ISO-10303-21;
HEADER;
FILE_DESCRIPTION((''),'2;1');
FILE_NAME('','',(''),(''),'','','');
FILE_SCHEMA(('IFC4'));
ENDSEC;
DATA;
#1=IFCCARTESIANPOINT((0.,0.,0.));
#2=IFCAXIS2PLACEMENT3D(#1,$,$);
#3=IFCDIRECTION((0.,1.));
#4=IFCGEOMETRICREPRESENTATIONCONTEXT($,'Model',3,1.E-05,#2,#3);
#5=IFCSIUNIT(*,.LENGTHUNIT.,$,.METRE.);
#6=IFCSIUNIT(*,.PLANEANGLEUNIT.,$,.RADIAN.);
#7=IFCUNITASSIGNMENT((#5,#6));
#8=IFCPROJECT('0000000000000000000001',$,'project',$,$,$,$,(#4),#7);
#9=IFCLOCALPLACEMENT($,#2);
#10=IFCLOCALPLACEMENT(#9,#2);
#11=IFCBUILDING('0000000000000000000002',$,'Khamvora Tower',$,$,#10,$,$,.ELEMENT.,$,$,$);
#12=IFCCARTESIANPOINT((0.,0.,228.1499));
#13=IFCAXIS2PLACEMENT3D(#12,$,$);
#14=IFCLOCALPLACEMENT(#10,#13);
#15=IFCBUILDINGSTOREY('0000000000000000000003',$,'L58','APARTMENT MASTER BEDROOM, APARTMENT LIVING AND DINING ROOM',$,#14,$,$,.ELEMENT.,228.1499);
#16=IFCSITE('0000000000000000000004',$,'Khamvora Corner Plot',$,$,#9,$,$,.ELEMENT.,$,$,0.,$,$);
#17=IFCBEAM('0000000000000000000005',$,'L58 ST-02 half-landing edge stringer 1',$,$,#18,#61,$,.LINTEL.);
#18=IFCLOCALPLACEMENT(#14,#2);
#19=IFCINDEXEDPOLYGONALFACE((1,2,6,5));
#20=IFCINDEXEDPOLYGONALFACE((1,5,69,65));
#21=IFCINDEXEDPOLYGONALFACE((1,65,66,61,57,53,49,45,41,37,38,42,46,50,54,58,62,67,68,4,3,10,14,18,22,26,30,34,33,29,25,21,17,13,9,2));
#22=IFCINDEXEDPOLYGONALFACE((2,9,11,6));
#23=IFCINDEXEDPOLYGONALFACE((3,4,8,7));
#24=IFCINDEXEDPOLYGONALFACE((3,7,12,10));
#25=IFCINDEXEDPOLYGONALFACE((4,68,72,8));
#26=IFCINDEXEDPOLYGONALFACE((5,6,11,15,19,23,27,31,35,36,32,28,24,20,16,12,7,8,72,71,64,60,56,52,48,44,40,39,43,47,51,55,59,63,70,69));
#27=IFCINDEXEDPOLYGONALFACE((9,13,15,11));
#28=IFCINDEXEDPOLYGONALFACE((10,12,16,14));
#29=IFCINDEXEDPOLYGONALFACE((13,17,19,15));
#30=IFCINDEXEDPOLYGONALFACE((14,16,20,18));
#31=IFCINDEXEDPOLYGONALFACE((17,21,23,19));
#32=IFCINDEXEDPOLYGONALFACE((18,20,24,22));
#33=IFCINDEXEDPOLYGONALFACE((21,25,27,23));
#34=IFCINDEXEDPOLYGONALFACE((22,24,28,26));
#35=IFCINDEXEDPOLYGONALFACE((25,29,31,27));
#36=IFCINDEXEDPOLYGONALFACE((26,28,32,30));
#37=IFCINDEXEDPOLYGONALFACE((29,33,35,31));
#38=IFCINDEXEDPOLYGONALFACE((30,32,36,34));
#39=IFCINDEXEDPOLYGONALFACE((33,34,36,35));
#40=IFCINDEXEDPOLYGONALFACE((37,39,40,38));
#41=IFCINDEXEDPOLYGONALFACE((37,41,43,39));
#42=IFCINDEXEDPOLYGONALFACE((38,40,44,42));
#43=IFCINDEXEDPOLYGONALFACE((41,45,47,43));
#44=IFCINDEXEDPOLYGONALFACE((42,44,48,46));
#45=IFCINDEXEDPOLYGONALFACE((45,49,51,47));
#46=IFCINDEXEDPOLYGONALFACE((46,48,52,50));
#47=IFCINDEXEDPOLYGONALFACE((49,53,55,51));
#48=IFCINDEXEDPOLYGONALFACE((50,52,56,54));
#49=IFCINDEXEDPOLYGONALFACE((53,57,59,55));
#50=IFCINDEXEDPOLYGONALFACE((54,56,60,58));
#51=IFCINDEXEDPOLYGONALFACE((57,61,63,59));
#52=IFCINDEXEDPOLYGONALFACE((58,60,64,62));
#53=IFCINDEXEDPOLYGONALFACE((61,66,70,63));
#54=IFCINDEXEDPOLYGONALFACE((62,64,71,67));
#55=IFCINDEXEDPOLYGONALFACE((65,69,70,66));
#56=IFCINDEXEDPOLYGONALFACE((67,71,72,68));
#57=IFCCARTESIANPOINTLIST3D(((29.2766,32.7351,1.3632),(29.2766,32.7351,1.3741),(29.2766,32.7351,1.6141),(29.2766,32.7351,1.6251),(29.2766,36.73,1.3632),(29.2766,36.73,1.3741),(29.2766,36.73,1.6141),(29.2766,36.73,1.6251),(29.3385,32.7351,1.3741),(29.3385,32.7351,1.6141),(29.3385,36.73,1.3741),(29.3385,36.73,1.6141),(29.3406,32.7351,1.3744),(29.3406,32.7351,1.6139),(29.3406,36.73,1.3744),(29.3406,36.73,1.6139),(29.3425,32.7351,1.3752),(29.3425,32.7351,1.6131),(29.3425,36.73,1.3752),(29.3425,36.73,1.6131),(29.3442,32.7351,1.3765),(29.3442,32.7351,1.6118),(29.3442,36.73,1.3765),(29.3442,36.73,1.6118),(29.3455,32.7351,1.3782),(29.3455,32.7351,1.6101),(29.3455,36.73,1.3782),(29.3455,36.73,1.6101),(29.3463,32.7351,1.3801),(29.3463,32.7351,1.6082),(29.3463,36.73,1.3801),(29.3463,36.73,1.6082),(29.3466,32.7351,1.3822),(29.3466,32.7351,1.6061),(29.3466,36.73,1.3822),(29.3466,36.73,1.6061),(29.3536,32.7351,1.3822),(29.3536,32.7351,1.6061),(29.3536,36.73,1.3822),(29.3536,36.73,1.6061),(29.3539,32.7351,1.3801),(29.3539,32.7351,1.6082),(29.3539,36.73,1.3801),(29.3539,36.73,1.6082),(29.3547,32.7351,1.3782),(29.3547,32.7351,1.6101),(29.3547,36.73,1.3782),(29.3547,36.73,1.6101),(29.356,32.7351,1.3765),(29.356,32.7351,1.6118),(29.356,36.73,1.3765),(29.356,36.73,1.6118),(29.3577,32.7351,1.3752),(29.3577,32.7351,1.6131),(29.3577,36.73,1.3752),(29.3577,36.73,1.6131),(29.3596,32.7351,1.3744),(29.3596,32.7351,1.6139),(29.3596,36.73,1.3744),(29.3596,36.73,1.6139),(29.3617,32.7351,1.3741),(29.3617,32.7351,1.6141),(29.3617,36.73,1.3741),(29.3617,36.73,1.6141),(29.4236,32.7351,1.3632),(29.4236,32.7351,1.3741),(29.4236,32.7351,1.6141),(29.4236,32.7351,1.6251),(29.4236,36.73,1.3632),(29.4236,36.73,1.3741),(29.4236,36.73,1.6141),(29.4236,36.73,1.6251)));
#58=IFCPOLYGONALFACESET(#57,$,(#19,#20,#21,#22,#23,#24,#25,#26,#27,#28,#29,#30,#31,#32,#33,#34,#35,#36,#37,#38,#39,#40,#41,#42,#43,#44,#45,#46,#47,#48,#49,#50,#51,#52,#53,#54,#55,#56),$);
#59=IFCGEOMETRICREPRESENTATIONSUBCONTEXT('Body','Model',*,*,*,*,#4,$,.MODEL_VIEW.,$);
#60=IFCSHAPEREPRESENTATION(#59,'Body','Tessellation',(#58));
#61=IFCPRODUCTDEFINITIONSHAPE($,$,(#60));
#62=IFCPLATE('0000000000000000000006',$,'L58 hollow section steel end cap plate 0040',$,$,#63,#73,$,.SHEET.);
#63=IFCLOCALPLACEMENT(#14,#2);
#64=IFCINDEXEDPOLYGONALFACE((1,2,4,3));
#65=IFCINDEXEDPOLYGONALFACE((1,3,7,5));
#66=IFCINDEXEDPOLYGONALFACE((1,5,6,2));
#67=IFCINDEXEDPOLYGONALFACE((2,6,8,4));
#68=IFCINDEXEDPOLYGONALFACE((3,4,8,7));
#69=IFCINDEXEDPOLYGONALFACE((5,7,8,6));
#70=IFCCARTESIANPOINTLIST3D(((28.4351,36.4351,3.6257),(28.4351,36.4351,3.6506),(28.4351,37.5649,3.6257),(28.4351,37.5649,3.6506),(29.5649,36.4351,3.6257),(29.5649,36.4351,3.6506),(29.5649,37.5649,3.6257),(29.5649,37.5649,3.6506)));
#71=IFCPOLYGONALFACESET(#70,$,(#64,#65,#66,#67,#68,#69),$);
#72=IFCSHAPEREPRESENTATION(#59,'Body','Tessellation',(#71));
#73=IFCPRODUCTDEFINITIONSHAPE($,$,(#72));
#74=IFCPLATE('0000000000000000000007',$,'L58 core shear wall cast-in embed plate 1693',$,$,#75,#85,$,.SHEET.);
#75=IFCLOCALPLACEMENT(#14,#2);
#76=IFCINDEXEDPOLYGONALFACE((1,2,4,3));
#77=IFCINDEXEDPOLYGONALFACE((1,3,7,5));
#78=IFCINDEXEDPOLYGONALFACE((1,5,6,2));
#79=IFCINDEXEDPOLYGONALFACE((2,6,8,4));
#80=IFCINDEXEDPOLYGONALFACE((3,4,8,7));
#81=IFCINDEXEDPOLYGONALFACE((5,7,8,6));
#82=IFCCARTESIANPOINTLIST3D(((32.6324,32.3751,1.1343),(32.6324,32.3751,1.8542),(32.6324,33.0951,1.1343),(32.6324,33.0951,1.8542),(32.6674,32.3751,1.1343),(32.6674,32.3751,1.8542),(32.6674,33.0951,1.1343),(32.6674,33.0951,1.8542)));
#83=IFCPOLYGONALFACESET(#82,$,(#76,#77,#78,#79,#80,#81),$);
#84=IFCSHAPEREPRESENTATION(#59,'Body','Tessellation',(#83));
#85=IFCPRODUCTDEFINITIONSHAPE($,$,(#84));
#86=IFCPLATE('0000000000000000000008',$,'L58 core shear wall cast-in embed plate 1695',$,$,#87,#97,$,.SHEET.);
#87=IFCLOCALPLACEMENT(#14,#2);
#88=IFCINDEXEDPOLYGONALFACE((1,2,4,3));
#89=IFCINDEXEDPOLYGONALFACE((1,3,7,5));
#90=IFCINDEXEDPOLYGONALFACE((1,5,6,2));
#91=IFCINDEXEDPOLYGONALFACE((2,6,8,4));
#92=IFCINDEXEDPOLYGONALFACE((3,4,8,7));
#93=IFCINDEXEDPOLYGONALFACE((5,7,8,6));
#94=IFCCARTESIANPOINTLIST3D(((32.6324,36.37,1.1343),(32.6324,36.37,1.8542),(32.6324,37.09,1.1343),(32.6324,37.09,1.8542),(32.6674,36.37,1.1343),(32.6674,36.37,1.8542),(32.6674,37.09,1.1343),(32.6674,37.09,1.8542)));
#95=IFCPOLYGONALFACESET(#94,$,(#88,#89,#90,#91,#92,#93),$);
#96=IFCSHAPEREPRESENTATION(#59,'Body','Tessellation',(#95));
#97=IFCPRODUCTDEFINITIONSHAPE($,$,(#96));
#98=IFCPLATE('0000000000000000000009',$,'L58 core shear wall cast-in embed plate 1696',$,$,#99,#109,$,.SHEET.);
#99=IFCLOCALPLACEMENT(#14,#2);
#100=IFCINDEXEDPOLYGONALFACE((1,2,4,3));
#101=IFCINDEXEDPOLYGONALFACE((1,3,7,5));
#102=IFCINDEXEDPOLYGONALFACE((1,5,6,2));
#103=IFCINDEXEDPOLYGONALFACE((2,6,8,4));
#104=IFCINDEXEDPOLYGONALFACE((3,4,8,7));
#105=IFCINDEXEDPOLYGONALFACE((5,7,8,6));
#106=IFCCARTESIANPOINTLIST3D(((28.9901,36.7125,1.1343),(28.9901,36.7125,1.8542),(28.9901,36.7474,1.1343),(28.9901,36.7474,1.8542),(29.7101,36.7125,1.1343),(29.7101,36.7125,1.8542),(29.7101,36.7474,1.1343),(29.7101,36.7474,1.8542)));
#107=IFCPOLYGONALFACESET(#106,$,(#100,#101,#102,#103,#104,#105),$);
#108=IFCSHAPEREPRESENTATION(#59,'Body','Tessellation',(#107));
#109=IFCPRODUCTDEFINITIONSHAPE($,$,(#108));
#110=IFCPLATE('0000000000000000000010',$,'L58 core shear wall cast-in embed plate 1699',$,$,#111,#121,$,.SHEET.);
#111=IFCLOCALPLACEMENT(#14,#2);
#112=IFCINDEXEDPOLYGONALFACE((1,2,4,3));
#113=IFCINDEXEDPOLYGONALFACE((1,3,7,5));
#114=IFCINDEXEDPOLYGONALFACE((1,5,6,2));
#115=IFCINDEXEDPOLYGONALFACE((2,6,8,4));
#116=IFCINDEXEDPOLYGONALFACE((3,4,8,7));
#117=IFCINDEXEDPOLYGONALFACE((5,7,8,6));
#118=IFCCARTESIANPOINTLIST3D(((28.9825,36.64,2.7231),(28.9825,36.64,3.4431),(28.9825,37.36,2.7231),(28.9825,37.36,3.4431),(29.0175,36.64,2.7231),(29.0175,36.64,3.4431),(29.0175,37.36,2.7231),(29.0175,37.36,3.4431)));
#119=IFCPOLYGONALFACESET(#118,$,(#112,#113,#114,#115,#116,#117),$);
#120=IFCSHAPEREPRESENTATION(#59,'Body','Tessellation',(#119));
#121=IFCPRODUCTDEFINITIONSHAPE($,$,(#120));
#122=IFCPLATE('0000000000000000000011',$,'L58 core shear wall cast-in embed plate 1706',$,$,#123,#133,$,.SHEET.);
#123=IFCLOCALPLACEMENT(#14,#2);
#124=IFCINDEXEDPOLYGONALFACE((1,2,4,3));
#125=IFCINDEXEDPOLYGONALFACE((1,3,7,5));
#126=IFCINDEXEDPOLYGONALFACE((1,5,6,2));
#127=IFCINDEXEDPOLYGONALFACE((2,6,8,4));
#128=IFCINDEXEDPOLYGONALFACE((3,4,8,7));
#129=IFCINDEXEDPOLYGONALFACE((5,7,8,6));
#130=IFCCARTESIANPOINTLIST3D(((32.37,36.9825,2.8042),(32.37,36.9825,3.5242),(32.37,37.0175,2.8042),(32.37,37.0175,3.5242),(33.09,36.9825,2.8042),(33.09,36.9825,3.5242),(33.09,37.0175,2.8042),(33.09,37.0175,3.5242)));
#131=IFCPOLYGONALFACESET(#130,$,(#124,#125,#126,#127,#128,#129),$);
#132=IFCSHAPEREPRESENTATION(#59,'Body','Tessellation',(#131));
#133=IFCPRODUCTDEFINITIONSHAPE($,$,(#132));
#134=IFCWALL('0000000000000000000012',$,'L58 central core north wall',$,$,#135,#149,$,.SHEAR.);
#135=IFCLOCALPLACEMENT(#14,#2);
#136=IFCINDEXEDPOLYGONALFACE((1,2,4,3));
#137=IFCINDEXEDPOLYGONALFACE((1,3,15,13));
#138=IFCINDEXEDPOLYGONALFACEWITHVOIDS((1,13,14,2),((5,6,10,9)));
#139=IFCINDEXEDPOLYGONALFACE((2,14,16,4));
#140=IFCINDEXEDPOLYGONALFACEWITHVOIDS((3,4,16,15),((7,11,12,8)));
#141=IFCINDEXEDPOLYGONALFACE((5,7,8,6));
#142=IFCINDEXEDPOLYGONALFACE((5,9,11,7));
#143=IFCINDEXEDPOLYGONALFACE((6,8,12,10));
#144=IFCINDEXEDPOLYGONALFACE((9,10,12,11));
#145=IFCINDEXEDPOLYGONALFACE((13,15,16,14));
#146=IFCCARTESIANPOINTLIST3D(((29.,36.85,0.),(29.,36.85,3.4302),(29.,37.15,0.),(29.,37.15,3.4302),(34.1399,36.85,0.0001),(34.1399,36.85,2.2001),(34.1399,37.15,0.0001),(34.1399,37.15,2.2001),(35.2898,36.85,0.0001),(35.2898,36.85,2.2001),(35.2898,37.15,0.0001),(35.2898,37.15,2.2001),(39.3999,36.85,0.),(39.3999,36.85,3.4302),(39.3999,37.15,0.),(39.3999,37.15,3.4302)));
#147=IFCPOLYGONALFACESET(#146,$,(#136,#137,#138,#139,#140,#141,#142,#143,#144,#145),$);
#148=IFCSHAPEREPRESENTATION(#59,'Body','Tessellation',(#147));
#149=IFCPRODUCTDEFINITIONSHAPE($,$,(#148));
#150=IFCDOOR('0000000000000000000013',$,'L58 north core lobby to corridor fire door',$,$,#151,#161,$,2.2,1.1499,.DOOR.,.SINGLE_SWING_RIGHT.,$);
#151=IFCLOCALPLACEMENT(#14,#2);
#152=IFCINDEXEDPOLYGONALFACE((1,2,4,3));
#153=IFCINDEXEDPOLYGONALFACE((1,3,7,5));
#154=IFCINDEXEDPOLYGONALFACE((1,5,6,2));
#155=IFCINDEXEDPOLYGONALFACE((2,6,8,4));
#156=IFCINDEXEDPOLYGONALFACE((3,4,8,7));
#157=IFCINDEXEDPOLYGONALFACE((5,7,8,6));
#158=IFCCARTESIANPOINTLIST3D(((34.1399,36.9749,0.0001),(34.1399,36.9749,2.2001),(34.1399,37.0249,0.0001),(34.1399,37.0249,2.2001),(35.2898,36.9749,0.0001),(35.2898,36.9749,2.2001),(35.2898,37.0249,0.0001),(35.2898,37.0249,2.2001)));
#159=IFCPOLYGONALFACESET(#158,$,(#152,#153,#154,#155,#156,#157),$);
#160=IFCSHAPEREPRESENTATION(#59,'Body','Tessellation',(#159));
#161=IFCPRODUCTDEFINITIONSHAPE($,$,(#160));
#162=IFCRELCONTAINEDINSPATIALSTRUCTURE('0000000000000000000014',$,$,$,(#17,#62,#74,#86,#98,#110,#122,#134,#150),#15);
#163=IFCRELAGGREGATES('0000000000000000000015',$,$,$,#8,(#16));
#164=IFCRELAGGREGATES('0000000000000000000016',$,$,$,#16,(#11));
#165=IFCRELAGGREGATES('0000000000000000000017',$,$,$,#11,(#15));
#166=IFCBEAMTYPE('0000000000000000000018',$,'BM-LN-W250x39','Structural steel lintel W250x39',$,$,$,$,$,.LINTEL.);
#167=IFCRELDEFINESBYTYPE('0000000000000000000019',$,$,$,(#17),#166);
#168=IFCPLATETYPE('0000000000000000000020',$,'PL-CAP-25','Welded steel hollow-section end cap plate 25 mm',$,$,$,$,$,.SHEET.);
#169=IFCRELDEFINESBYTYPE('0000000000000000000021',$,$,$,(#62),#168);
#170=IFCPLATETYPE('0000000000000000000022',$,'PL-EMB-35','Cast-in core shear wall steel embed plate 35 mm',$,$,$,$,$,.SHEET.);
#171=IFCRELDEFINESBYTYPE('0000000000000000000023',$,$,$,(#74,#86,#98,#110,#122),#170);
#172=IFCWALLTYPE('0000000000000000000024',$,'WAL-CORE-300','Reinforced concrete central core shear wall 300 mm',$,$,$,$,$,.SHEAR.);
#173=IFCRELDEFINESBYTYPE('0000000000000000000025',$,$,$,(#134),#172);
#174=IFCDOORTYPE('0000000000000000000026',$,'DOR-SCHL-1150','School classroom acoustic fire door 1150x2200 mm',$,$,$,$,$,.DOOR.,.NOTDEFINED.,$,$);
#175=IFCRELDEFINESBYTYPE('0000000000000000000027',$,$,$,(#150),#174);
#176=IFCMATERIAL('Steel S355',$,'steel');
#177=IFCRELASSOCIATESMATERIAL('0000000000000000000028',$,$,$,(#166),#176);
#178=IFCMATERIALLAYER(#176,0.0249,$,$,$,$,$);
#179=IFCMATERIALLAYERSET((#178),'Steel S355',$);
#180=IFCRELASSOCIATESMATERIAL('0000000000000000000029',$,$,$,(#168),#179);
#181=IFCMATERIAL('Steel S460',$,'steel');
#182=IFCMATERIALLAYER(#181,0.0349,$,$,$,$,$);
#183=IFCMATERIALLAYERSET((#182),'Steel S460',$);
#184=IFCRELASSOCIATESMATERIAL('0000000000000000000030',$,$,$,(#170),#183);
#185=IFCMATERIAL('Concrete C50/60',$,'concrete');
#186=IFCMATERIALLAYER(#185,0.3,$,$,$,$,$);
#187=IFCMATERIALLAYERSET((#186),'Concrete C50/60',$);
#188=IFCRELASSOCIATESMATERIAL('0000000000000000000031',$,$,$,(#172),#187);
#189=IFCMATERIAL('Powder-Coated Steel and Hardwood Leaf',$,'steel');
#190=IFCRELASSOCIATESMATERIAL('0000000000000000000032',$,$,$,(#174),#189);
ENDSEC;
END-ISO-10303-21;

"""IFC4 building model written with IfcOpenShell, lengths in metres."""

from ifc_helpers import new_model, si_unit, direction, frame, frame_2d, origin, origin_2d, place, context, subcontext, project, spatial, rectangle, i_section, extrude, material, layer, layer_set, material_profile, profile_set, type_object, element, fill, save


model = new_model("IFC4")

# Units and contexts
model_context = context("Model", 3, precision=1e-05, world=origin(), true_north=direction((0.0, 1.0)))
body_context = subcontext(model_context, "Body", "Model", "MODEL_VIEW")
ifc_project = project(units=[si_unit("LENGTHUNIT", "METRE"), si_unit("PLANEANGLEUNIT", "RADIAN")], contexts=[model_context])

# Site, building, storey
site_placement = place(None, origin())
site = spatial("IfcSite", under=ifc_project, at=site_placement, Name="Khamvora Corner Plot", CompositionType="ELEMENT", RefElevation=0.0)
building_placement = place(site_placement, origin())
building = spatial("IfcBuilding", under=site, at=building_placement, Name="Khamvora Tower", CompositionType="ELEMENT")
storey_placement = place(building_placement, frame((0.0, 0.0, 228.1499)))
storey = spatial("IfcBuildingStorey", under=building, at=storey_placement, Name="L58", Description="APARTMENT MASTER BEDROOM, APARTMENT LIVING AND DINING ROOM", CompositionType="ELEMENT", Elevation=228.1499)

# Beam
ifc_material_1 = material(Name="Steel S355", Category="steel")
ifc_material_profile = material_profile(ifc_material_1, i_section(OverallWidth=0.147, OverallDepth=0.262, WebThickness=0.0071, FlangeThickness=0.011, FilletRadius=0.0081, at=origin_2d()), Name="W250x39")
ifc_profile_set = profile_set([ifc_material_profile], Name="Steel S355")
beam_type = type_object("IfcBeamType", Name="BM-LN-W250x39", Description="Structural steel lintel W250x39", PredefinedType="LINTEL", material=ifc_profile_set)
beam_placement = place(storey_placement, frame((29.3501, 32.7351, 1.4941), z_axis=(0.0, 1.0, 0.0), x_axis=(-1.0, 0.0, 0.0)))
element("IfcBeam", 1, at=beam_placement, inside=storey, type_object=beam_type, Name="L58 ST-02 half-landing edge stringer 1", PredefinedType="LINTEL", context=body_context, shape_type="SweptSolid", body=[
    extrude(i_section(OverallWidth=0.147, OverallDepth=0.262, WebThickness=0.0071, FlangeThickness=0.011, FilletRadius=0.0081, at=origin_2d()), origin(), (0.0, 0.0, 1.0), 3.9949),
])

# Plates
ifc_layer_1 = layer(ifc_material_1, 0.0249)
ifc_layer_set_1 = layer_set([ifc_layer_1], Name="Steel S355")
plate_type_1 = type_object("IfcPlateType", Name="PL-CAP-25", Description="Welded steel hollow-section end cap plate 25 mm", PredefinedType="SHEET", material=ifc_layer_set_1)
plate_1_placement = place(storey_placement, frame((29.0, 37.0, 3.6257), z_axis=(0.0, 0.0, 1.0), x_axis=(1.0, 0.0, 0.0)))
element("IfcPlate", 2, at=plate_1_placement, inside=storey, type_object=plate_type_1, Name="L58 hollow section steel end cap plate 0040", PredefinedType="SHEET", context=body_context, shape_type="SweptSolid", body=[
    extrude(rectangle(XDim=1.1299, YDim=1.1299, at=origin_2d()), origin(), (0.0, 0.0, 1.0), 0.0249),
])
ifc_material_2 = material(Name="Steel S460", Category="steel")
ifc_layer_2 = layer(ifc_material_2, 0.0349)
ifc_layer_set_2 = layer_set([ifc_layer_2], Name="Steel S460")
plate_type_2 = type_object("IfcPlateType", Name="PL-EMB-35", Description="Cast-in core shear wall steel embed plate 35 mm", PredefinedType="SHEET", material=ifc_layer_set_2)
for number, where, z_axis, x_axis, name in (
    (3, (32.6499, 32.7351, 1.1343), (0.0, 0.0, 1.0), (1.0, 0.0, 0.0), "L58 core shear wall cast-in embed plate 1693"),
    (4, (32.6499, 36.73, 1.1343), (0.0, 0.0, 1.0), (1.0, 0.0, 0.0), "L58 core shear wall cast-in embed plate 1695"),
):
    element("IfcPlate", number, at=place(storey_placement, frame(where, z_axis=z_axis, x_axis=x_axis)), inside=storey, type_object=plate_type_2, Name=name, PredefinedType="SHEET", context=body_context, shape_type="SweptSolid", body=[
        extrude(rectangle(XDim=0.0349, YDim=0.72, at=origin_2d()), origin(), (0.0, 0.0, 1.0), 0.72),
    ])
plate_2_placement = place(storey_placement, frame((29.3501, 36.73, 1.1343), z_axis=(0.0, 0.0, 1.0), x_axis=(1.0, 0.0, 0.0)))
element("IfcPlate", 5, at=plate_2_placement, inside=storey, type_object=plate_type_2, Name="L58 core shear wall cast-in embed plate 1696", PredefinedType="SHEET", context=body_context, shape_type="SweptSolid", body=[
    extrude(rectangle(XDim=0.72, YDim=0.0349, at=origin_2d()), origin(), (0.0, 0.0, 1.0), 0.72),
])
plate_3_placement = place(storey_placement, frame((29.0, 37.0, 2.7231), z_axis=(0.0, 0.0, 1.0), x_axis=(1.0, 0.0, 0.0)))
element("IfcPlate", 6, at=plate_3_placement, inside=storey, type_object=plate_type_2, Name="L58 core shear wall cast-in embed plate 1699", PredefinedType="SHEET", context=body_context, shape_type="SweptSolid", body=[
    extrude(rectangle(XDim=0.0349, YDim=0.72, at=origin_2d()), origin(), (0.0, 0.0, 1.0), 0.72),
])
plate_4_placement = place(storey_placement, frame((32.73, 37.0, 2.8042), z_axis=(0.0, 0.0, 1.0), x_axis=(1.0, 0.0, 0.0)))
element("IfcPlate", 7, at=plate_4_placement, inside=storey, type_object=plate_type_2, Name="L58 core shear wall cast-in embed plate 1706", PredefinedType="SHEET", context=body_context, shape_type="SweptSolid", body=[
    extrude(rectangle(XDim=0.72, YDim=0.0349, at=origin_2d()), origin(), (0.0, 0.0, 1.0), 0.72),
])

# Wall, opening, door
ifc_material_3 = material(Name="Concrete C50/60", Category="concrete")
ifc_layer_3 = layer(ifc_material_3, 0.3)
ifc_layer_set_3 = layer_set([ifc_layer_3], Name="Concrete C50/60")
wall_type_1 = type_object("IfcWallType", Name="WAL-CORE-300", Description="Reinforced concrete central core shear wall 300 mm", PredefinedType="SHEAR", material=ifc_layer_set_3)
wall_1_placement = place(storey_placement, frame((29.0, 37.0, 0.0), z_axis=(0.0, 0.0, 1.0), x_axis=(1.0, 0.0, 0.0)))
wall_1 = element("IfcWall", 8, at=wall_1_placement, inside=storey, type_object=wall_type_1, Name="L58 central core north wall", PredefinedType="SHEAR", context=body_context, shape_type="SweptSolid", body=[
    extrude(rectangle(XDim=10.3999, YDim=0.3, at=frame_2d((5.2, 0.0))), origin(), (0.0, 0.0, 1.0), 3.4302),
])
opening_1_placement = place(wall_1_placement, frame((5.1399, 0.0, 0.0)))
opening_1 = element("IfcOpeningElement", 9, at=opening_1_placement, cuts=wall_1, PredefinedType="OPENING", context=body_context, shape_type="SweptSolid", body=[
    extrude(rectangle(XDim=1.1499, YDim=2.2, at=frame_2d((0.575, 1.1001))), frame((0.0, 0.1599, 0.0), z_axis=(0.0, -1.0, 0.0), x_axis=(1.0, 0.0, 0.0)), (0.0, 0.0, 1.0), 0.3201),
])
ifc_material_4 = material(Name="Powder-Coated Steel and Hardwood Leaf", Category="steel")
door_type_1 = type_object("IfcDoorType", Name="DOR-SCHL-1150", Description="School classroom acoustic fire door 1150x2200 mm", OperationType="NOTDEFINED", PredefinedType="DOOR", material=ifc_material_4)
door_1_placement = place(opening_1_placement, origin())
door_1 = element("IfcDoor", 10, at=door_1_placement, inside=storey, type_object=door_type_1, Name="L58 north core lobby to corridor fire door", OperationType="SINGLE_SWING_RIGHT", OverallHeight=2.2, OverallWidth=1.1499, PredefinedType="DOOR", context=body_context, shape_type="SweptSolid", body=[
    extrude(rectangle(XDim=1.1499, YDim=2.2, at=frame_2d((0.575, 1.1001))), frame((0.0, 0.0249, 0.0), z_axis=(0.0, -1.0, 0.0), x_axis=(1.0, 0.0, 0.0)), (0.0, 0.0, 1.0), 0.05),
])
fill(opening_1, door_1)

save(model, "model.ifc")
